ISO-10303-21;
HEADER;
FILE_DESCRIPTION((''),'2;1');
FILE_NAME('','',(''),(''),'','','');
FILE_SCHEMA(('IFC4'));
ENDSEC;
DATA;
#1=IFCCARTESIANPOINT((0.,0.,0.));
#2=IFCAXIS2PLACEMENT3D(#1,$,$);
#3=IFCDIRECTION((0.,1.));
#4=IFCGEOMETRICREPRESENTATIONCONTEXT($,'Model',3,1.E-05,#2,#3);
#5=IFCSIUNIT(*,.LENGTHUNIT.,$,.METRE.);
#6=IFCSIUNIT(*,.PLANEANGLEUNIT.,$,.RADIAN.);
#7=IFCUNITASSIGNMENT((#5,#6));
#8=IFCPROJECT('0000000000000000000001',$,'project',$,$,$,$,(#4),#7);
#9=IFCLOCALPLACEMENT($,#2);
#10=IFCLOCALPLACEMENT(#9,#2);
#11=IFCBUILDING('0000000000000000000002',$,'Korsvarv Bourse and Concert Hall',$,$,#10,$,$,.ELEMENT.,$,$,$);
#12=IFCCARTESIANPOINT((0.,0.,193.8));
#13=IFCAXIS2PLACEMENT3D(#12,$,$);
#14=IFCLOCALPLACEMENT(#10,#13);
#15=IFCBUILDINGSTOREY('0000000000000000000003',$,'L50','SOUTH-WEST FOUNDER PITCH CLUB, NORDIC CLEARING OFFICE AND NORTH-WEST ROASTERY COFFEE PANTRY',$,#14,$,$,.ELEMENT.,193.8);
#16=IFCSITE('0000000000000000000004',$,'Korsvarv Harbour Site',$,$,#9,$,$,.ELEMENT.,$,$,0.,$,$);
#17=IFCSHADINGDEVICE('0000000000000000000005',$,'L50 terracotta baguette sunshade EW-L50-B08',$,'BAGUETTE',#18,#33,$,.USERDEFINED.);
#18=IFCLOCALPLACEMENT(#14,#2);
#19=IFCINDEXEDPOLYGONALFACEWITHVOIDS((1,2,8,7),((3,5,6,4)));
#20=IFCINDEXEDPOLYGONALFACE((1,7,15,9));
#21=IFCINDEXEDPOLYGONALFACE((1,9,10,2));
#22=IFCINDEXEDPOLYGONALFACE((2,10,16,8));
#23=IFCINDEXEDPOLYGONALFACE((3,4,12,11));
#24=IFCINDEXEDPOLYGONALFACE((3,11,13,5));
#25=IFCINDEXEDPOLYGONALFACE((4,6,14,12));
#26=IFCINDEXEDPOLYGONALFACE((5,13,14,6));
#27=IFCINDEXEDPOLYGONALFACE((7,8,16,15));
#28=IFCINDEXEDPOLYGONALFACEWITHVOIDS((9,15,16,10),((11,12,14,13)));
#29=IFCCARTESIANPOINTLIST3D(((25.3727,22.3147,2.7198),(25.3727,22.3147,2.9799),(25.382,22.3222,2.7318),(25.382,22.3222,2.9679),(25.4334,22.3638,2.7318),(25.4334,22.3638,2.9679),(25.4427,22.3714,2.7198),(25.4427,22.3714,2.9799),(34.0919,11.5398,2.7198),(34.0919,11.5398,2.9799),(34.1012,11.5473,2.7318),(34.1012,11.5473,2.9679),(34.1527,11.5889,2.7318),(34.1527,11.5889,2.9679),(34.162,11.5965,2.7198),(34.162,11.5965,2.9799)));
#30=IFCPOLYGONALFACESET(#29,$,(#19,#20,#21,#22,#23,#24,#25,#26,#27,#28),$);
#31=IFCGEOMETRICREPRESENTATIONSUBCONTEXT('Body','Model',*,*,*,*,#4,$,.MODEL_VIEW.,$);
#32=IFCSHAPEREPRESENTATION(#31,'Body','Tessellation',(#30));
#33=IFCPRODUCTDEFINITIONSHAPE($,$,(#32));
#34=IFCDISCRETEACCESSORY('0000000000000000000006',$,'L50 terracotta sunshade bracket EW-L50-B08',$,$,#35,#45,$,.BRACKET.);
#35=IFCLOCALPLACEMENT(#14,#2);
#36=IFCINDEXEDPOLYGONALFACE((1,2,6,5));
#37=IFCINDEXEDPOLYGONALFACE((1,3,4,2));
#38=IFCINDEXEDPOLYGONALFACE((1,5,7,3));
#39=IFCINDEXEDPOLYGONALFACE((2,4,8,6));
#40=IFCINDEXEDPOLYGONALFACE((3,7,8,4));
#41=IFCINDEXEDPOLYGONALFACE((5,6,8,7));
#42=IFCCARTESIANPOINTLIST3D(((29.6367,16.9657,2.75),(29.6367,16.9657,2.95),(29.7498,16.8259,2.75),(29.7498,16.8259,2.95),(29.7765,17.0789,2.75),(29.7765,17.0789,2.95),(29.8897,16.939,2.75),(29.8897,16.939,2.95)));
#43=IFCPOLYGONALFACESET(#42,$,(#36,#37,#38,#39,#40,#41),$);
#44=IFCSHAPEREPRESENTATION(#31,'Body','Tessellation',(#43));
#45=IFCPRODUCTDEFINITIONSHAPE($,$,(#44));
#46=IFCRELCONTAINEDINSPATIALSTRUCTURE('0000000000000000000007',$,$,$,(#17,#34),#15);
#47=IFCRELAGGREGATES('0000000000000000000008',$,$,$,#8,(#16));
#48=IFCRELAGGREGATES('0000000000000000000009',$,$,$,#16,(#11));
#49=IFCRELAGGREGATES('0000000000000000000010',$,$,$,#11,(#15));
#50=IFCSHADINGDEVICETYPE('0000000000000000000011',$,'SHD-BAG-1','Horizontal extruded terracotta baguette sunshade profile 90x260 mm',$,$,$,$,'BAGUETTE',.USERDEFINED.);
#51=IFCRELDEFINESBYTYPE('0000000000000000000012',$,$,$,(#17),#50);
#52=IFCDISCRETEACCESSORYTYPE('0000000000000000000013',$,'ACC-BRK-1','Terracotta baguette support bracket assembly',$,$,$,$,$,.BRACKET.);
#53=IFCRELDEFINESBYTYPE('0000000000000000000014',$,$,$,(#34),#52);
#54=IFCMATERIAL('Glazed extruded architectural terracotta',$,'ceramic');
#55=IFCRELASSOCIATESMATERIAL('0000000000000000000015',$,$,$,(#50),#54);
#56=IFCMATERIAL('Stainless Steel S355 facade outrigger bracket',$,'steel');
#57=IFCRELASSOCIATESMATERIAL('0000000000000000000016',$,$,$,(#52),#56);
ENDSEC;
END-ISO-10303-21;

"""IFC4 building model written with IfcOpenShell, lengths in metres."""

from ifc_helpers import new_model, si_unit, direction, frame, origin, origin_2d, place, context, subcontext, project, spatial, rectangle, hollow_rectangle, extrude, source, transform, mapped, material, material_profile, profile_set, type_object, element, save


model = new_model("IFC4")

# Units and contexts
model_context = context("Model", 3, precision=1e-05, world=origin(), true_north=direction((0.0, 1.0)))
body_context = subcontext(model_context, "Body", "Model", "MODEL_VIEW")
ifc_project = project(units=[si_unit("LENGTHUNIT", "METRE"), si_unit("PLANEANGLEUNIT", "RADIAN")], contexts=[model_context])

# Site, building, storey
site_placement = place(None, origin())
site = spatial("IfcSite", under=ifc_project, at=site_placement, Name="Korsvarv Harbour Site", CompositionType="ELEMENT", RefElevation=0.0)
building_placement = place(site_placement, origin())
building = spatial("IfcBuilding", under=site, at=building_placement, Name="Korsvarv Bourse and Concert Hall", CompositionType="ELEMENT")
storey_placement = place(building_placement, frame((0.0, 0.0, 193.8)))
storey = spatial("IfcBuildingStorey", under=building, at=storey_placement, Name="L50", Description="SOUTH-WEST FOUNDER PITCH CLUB, NORDIC CLEARING OFFICE AND NORTH-WEST ROASTERY COFFEE PANTRY", CompositionType="ELEMENT", Elevation=193.8)

# Shading device
ifc_material_1 = material(Name="Glazed extruded architectural terracotta", Category="ceramic")
ifc_material_profile_1 = material_profile(ifc_material_1, hollow_rectangle(XDim=0.0901, YDim=0.26, WallThickness=0.012, at=origin_2d()), Name="TC-BAG 90x260")
ifc_profile_set_1 = profile_set([ifc_material_profile_1], Name="Glazed extruded architectural terracotta")
shading_device_type = type_object("IfcShadingDeviceType", Name="SHD-BAG-1", Description="Horizontal extruded terracotta baguette sunshade profile 90x260 mm", ElementType="BAGUETTE", PredefinedType="USERDEFINED", material=ifc_profile_set_1)
shared_shape_1 = source(origin(), body_context, "Body", "SweptSolid", [
    extrude(hollow_rectangle(XDim=0.0901, YDim=0.26, WallThickness=0.012, at=origin_2d()), origin(), (0.0, 0.0, 1.0), 13.8608),
])
shading_device_placement = place(storey_placement, frame((25.4077, 22.343, 2.8499), z_axis=(0.629054, -0.777361, 0.0), x_axis=(0.777361, 0.629054, 0.0)))
element("IfcShadingDevice", 1, at=shading_device_placement, inside=storey, type_object=shading_device_type, Name="L50 terracotta baguette sunshade EW-L50-B08", ObjectType="BAGUETTE", PredefinedType="USERDEFINED", context=body_context, shape_type="MappedRepresentation", body=[
    mapped(shared_shape_1, transform((0.0, 0.0, 0.0), scale=1.0)),
])

# Discrete accessory
ifc_material_2 = material(Name="Stainless Steel S355 facade outrigger bracket", Category="steel")
discrete_accessory_type = type_object("IfcDiscreteAccessoryType", Name="ACC-BRK-1", Description="Terracotta baguette support bracket assembly", PredefinedType="BRACKET", material=ifc_material_2)
shared_shape_2 = source(origin(), body_context, "Body", "SweptSolid", [
    extrude(rectangle(XDim=0.1799, YDim=0.1799, at=origin_2d()), origin(), (0.0, 0.0, 1.0), 0.2),
])
discrete_accessory_placement = place(storey_placement, frame((29.7632, 16.9524, 2.75), z_axis=(0.0, 0.0, 1.0), x_axis=(0.629049, -0.777366, 0.0)))
element("IfcDiscreteAccessory", 2, at=discrete_accessory_placement, inside=storey, type_object=discrete_accessory_type, Name="L50 terracotta sunshade bracket EW-L50-B08", PredefinedType="BRACKET", context=body_context, shape_type="MappedRepresentation", body=[
    mapped(shared_shape_2, transform((0.0, 0.0, 0.0), scale=1.0)),
])

save(model, "model.ifc")
